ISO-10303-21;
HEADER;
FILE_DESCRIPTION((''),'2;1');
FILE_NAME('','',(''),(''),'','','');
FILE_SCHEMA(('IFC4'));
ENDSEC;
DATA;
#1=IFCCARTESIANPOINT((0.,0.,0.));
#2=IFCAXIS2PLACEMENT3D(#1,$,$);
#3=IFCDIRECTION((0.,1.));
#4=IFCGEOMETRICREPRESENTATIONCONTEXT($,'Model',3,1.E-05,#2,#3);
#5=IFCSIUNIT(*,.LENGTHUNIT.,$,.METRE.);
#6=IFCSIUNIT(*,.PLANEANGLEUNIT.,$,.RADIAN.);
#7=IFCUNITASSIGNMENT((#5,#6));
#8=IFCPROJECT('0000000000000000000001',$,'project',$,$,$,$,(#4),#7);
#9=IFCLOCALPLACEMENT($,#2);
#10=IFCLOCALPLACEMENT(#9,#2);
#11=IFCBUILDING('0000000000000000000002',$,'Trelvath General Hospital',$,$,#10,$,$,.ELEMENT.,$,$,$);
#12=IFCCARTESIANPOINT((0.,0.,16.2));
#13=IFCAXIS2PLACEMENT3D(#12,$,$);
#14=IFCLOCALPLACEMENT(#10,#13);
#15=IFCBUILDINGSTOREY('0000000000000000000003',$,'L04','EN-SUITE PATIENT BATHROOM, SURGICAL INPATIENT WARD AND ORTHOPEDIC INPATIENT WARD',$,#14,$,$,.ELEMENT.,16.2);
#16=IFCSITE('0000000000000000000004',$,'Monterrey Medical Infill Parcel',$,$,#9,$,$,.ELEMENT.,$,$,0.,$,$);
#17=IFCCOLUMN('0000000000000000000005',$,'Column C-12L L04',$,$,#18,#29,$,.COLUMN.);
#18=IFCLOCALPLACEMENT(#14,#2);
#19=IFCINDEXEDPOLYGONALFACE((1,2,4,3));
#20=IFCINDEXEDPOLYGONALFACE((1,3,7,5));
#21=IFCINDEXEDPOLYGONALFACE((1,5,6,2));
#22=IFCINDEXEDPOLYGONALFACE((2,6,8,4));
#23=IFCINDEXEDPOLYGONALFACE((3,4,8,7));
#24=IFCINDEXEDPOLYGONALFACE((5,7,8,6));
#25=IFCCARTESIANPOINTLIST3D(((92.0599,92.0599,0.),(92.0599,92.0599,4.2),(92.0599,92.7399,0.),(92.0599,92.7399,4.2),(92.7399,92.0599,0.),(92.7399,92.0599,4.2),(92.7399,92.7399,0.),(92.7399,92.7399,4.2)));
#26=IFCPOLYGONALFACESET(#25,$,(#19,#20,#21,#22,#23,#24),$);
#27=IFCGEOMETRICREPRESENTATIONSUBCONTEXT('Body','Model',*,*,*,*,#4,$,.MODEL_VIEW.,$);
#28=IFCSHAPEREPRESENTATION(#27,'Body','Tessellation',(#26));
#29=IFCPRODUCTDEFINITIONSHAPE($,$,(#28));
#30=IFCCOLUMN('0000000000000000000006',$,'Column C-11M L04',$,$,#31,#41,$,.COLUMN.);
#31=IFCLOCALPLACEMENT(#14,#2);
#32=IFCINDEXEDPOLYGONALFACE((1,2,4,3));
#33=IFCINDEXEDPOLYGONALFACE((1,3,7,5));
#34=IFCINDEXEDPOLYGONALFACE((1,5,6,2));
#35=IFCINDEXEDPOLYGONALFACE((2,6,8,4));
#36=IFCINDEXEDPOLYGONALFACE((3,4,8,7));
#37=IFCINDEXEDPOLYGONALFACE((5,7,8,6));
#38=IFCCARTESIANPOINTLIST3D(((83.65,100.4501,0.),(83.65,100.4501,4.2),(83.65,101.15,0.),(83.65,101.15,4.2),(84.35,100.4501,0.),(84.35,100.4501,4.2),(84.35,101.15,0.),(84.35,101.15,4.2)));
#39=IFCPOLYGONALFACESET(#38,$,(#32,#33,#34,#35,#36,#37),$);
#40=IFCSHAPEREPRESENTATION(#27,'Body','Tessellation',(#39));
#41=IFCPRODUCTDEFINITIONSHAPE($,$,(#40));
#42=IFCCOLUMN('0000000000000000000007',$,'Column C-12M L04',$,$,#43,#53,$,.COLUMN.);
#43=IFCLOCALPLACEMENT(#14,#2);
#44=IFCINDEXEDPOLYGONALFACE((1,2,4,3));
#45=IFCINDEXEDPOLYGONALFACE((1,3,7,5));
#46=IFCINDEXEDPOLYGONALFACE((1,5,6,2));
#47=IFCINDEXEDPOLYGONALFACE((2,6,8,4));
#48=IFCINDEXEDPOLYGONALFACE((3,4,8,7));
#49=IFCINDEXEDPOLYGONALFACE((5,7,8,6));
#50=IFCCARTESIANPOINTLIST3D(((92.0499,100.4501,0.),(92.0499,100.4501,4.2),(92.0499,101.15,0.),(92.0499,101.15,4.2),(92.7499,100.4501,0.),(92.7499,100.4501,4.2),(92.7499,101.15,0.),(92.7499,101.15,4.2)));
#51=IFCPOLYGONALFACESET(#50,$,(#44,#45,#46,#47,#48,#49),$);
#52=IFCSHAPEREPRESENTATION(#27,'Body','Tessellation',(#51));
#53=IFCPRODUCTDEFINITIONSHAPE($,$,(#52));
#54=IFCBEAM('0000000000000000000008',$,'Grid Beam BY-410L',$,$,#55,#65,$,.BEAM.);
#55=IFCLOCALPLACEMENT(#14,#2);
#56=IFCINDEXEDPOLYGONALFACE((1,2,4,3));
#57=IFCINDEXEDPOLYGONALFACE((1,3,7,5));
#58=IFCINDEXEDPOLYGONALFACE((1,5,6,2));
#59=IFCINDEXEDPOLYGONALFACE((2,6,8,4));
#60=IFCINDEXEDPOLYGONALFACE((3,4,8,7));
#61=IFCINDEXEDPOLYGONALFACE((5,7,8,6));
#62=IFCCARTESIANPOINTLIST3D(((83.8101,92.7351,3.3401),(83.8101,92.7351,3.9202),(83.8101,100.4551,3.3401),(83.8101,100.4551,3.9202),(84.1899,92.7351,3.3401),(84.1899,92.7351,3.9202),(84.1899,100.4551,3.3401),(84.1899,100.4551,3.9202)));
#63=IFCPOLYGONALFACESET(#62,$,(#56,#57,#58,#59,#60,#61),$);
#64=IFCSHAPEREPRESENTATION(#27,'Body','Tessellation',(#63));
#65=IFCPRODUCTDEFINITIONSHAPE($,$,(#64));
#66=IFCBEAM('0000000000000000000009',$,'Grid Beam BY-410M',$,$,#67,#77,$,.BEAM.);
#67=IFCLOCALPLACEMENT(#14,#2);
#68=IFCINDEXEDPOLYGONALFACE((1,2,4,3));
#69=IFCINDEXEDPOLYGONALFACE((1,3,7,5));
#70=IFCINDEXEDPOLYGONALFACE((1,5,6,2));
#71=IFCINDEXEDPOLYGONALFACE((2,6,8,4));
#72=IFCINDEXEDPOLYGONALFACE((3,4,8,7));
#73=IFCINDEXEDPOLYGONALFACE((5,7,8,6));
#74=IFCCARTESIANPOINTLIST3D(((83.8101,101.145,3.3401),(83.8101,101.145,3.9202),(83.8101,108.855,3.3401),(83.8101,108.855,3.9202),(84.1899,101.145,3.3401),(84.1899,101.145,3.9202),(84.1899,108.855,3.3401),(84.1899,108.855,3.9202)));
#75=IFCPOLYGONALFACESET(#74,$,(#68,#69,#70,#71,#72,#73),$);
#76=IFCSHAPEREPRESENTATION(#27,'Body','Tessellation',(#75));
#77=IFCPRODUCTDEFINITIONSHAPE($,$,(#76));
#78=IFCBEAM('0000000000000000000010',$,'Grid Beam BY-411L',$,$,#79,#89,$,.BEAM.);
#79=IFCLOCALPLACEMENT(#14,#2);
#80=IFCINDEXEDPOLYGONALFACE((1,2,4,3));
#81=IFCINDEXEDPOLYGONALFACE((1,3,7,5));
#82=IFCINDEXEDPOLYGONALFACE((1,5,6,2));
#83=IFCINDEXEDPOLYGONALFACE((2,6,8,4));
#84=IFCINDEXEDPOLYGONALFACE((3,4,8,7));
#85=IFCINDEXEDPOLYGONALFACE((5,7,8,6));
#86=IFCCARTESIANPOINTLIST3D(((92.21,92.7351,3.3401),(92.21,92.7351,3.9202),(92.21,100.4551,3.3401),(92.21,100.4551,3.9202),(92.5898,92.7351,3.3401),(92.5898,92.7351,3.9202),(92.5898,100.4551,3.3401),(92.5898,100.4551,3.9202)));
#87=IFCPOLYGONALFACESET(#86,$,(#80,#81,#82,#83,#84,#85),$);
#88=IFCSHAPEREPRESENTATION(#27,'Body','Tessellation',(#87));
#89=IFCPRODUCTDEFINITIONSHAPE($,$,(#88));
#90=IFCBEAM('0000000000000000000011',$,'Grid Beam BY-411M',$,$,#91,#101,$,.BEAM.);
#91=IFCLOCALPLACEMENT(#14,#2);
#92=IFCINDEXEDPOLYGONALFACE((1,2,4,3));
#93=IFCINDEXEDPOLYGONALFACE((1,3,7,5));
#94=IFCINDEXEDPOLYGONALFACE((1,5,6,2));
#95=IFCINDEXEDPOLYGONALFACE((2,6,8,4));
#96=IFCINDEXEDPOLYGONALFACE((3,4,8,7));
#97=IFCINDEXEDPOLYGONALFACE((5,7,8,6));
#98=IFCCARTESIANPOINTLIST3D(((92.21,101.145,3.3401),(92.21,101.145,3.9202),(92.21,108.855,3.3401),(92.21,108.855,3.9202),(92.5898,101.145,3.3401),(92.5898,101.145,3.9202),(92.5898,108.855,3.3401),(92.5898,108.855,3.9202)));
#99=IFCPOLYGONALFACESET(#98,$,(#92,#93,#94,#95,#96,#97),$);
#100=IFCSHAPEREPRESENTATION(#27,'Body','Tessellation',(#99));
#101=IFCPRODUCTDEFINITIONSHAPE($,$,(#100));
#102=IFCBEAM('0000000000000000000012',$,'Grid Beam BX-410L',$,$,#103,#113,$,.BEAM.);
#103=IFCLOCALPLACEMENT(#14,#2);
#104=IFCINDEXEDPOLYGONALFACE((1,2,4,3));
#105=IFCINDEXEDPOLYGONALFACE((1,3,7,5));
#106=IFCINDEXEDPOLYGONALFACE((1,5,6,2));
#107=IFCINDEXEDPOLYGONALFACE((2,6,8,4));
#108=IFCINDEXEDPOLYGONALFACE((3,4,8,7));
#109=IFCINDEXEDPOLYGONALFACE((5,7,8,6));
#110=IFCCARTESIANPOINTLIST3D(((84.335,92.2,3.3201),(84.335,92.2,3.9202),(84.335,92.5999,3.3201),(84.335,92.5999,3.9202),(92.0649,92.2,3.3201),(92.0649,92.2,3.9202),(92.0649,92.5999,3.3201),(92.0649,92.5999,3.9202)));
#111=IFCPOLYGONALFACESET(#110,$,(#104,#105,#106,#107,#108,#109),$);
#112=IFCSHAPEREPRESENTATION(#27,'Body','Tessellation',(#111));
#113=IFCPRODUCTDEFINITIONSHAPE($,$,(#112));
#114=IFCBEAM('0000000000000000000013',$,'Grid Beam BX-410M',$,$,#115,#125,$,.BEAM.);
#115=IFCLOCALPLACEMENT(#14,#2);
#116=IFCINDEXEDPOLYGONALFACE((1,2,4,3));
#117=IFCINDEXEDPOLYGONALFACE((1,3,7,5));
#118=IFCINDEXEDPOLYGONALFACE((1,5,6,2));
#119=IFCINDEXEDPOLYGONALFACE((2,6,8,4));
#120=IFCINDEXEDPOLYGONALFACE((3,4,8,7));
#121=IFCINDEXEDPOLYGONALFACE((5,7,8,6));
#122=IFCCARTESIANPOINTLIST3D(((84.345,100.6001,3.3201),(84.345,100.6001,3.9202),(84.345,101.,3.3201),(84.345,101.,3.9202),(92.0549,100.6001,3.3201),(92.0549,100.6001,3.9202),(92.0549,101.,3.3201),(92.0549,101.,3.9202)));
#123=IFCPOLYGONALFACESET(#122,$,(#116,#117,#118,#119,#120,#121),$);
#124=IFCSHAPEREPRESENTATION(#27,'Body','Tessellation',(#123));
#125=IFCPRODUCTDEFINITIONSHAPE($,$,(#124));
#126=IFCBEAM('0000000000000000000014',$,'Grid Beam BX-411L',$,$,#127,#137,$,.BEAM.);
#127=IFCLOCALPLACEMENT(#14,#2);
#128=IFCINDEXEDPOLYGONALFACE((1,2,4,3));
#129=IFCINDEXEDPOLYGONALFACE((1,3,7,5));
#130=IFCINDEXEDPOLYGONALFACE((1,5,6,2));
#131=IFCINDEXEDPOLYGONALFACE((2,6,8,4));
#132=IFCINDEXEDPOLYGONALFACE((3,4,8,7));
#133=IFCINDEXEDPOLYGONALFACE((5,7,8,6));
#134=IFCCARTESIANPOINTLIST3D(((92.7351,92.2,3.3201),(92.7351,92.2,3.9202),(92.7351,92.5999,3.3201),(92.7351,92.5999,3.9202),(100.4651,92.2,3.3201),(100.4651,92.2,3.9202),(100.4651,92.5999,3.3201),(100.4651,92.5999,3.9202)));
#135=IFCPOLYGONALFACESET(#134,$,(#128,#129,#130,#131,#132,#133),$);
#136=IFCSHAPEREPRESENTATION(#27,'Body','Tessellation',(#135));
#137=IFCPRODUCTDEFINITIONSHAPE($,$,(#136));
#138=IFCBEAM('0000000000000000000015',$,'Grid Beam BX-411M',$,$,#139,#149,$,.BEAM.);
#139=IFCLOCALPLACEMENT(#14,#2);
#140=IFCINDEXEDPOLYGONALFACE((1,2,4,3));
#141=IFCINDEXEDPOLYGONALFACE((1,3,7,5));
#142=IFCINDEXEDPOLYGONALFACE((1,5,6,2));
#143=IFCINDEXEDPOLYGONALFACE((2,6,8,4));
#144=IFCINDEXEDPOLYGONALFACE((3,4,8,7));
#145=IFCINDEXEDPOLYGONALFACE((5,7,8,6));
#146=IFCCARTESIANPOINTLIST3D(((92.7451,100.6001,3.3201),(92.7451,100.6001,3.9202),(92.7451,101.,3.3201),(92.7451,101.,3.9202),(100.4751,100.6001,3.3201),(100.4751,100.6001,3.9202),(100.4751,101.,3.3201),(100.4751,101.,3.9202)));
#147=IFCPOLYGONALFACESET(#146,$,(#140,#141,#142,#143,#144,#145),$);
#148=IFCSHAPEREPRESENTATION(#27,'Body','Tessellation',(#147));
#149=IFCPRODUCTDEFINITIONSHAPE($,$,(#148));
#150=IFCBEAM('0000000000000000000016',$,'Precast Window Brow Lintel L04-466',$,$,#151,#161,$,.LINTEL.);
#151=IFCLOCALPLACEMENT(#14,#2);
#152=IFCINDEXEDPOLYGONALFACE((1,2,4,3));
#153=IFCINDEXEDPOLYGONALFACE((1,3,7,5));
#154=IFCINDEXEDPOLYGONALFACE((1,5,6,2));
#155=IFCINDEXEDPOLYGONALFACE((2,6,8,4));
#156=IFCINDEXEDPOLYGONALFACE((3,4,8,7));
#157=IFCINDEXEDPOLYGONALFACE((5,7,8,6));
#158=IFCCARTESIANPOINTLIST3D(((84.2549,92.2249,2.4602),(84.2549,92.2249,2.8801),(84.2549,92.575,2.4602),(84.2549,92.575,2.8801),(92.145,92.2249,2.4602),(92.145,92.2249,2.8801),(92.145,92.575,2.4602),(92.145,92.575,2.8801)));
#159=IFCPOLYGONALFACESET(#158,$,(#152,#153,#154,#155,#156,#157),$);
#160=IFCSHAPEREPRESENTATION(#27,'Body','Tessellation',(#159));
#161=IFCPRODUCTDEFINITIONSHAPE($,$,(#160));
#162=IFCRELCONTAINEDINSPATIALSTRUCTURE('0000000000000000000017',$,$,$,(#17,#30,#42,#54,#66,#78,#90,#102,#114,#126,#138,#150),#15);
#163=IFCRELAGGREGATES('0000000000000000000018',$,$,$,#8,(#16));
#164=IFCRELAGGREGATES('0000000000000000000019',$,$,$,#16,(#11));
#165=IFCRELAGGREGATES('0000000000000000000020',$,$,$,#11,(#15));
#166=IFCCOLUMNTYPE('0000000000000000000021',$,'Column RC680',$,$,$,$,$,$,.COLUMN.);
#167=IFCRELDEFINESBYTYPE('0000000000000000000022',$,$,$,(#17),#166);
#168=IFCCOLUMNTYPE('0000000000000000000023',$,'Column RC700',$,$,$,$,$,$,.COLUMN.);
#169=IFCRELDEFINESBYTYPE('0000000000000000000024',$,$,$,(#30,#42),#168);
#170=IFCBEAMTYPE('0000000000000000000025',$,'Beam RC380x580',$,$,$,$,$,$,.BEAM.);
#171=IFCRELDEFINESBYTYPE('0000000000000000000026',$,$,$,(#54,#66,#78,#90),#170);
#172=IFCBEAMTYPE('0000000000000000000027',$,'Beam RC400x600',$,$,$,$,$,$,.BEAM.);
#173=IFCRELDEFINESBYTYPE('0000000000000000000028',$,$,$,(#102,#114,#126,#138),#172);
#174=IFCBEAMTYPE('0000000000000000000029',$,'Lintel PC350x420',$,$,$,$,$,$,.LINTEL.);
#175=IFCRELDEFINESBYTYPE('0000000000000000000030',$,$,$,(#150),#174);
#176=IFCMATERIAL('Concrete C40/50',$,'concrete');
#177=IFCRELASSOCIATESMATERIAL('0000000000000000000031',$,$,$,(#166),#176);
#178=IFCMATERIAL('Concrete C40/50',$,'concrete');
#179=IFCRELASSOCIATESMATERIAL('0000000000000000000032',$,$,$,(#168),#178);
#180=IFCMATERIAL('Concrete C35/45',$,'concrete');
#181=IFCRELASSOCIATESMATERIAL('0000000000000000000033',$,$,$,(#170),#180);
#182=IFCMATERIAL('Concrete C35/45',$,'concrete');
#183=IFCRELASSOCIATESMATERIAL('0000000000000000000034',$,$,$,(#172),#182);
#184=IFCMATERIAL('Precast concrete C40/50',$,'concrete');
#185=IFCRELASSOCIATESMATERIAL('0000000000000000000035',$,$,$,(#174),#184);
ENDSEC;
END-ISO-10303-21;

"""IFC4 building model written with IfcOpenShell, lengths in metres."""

from ifc_helpers import new_model, si_unit, direction, frame, origin, origin_2d, place, context, subcontext, project, spatial, rectangle, extrude, material, material_profile, profile_set, type_object, element, save


model = new_model("IFC4")

# Units and contexts
model_context = context("Model", 3, precision=1e-05, world=origin(), true_north=direction((0.0, 1.0)))
body_context = subcontext(model_context, "Body", "Model", "MODEL_VIEW")
ifc_project = project(units=[si_unit("LENGTHUNIT", "METRE"), si_unit("PLANEANGLEUNIT", "RADIAN")], contexts=[model_context])

# Site, building, storey
site_placement = place(None, origin())
site = spatial("IfcSite", under=ifc_project, at=site_placement, Name="Monterrey Medical Infill Parcel", CompositionType="ELEMENT", RefElevation=0.0)
building_placement = place(site_placement, origin())
building = spatial("IfcBuilding", under=site, at=building_placement, Name="Trelvath General Hospital", CompositionType="ELEMENT")
storey_placement = place(building_placement, frame((0.0, 0.0, 16.2)))
storey = spatial("IfcBuildingStorey", under=building, at=storey_placement, Name="L04", Description="EN-SUITE PATIENT BATHROOM, SURGICAL INPATIENT WARD AND ORTHOPEDIC INPATIENT WARD", CompositionType="ELEMENT", Elevation=16.2)

# Columns
ifc_material_1 = material(Name="Concrete C40/50", Category="concrete")
ifc_material_profile_1 = material_profile(ifc_material_1, rectangle(XDim=0.6799, YDim=0.6799, at=origin_2d()), Name="RC680x680")
ifc_profile_set_1 = profile_set([ifc_material_profile_1], Name="Concrete C40/50")
column_type_1 = type_object("IfcColumnType", Name="Column RC680", PredefinedType="COLUMN", material=ifc_profile_set_1)
column_placement = place(storey_placement, frame((92.3999, 92.3999, 0.0), z_axis=(0.0, 0.0, 1.0), x_axis=(1.0, 0.0, 0.0)))
element("IfcColumn", 1, at=column_placement, inside=storey, type_object=column_type_1, Name="Column C-12L L04", PredefinedType="COLUMN", context=body_context, shape_type="SweptSolid", body=[
    extrude(rectangle(XDim=0.6799, YDim=0.6799, at=origin_2d()), origin(), (0.0, 0.0, 1.0), 4.2),
])
ifc_material_2 = material(Name="Concrete C40/50", Category="concrete")
ifc_material_profile_2 = material_profile(ifc_material_2, rectangle(XDim=0.7, YDim=0.7, at=origin_2d()), Name="RC700x700")
ifc_profile_set_2 = profile_set([ifc_material_profile_2], Name="Concrete C40/50")
column_type_2 = type_object("IfcColumnType", Name="Column RC700", PredefinedType="COLUMN", material=ifc_profile_set_2)
for number, where, z_axis, x_axis, name in (
    (2, (84.0, 100.8, 0.0), (0.0, 0.0, 1.0), (1.0, 0.0, 0.0), "Column C-11M L04"),
    (3, (92.3999, 100.8, 0.0), (0.0, 0.0, 1.0), (1.0, 0.0, 0.0), "Column C-12M L04"),
):
    element("IfcColumn", number, at=place(storey_placement, frame(where, z_axis=z_axis, x_axis=x_axis)), inside=storey, type_object=column_type_2, Name=name, PredefinedType="COLUMN", context=body_context, shape_type="SweptSolid", body=[
        extrude(rectangle(XDim=0.7, YDim=0.7, at=origin_2d()), origin(), (0.0, 0.0, 1.0), 4.2),
    ])

# Beams
ifc_material_3 = material(Name="Concrete C35/45", Category="concrete")
ifc_material_profile_3 = material_profile(ifc_material_3, rectangle(XDim=0.3799, YDim=0.5801, at=origin_2d()), Name="RCB380x580")
ifc_profile_set_3 = profile_set([ifc_material_profile_3], Name="Concrete C35/45")
beam_type_1 = type_object("IfcBeamType", Name="Beam RC380x580", PredefinedType="BEAM", material=ifc_profile_set_3)
beam_1_placement = place(storey_placement, frame((84.0, 92.7351, 3.6301), z_axis=(0.0, 1.0, 0.0), x_axis=(-1.0, 0.0, 0.0)))
element("IfcBeam", 4, at=beam_1_placement, inside=storey, type_object=beam_type_1, Name="Grid Beam BY-410L", PredefinedType="BEAM", context=body_context, shape_type="SweptSolid", body=[
    extrude(rectangle(XDim=0.3799, YDim=0.5801, at=origin_2d()), origin(), (0.0, 0.0, 1.0), 7.72),
])
beam_2_placement = place(storey_placement, frame((84.0, 101.145, 3.6301), z_axis=(0.0, 1.0, 0.0), x_axis=(-1.0, 0.0, 0.0)))
element("IfcBeam", 5, at=beam_2_placement, inside=storey, type_object=beam_type_1, Name="Grid Beam BY-410M", PredefinedType="BEAM", context=body_context, shape_type="SweptSolid", body=[
    extrude(rectangle(XDim=0.3799, YDim=0.5801, at=origin_2d()), origin(), (0.0, 0.0, 1.0), 7.71),
])
beam_3_placement = place(storey_placement, frame((92.3999, 92.7351, 3.6301), z_axis=(0.0, 1.0, 0.0), x_axis=(-1.0, 0.0, 0.0)))
element("IfcBeam", 6, at=beam_3_placement, inside=storey, type_object=beam_type_1, Name="Grid Beam BY-411L", PredefinedType="BEAM", context=body_context, shape_type="SweptSolid", body=[
    extrude(rectangle(XDim=0.3799, YDim=0.5801, at=origin_2d()), origin(), (0.0, 0.0, 1.0), 7.72),
])
beam_4_placement = place(storey_placement, frame((92.3999, 101.145, 3.6301), z_axis=(0.0, 1.0, 0.0), x_axis=(-1.0, 0.0, 0.0)))
element("IfcBeam", 7, at=beam_4_placement, inside=storey, type_object=beam_type_1, Name="Grid Beam BY-411M", PredefinedType="BEAM", context=body_context, shape_type="SweptSolid", body=[
    extrude(rectangle(XDim=0.3799, YDim=0.5801, at=origin_2d()), origin(), (0.0, 0.0, 1.0), 7.71),
])
ifc_material_4 = material(Name="Concrete C35/45", Category="concrete")
ifc_material_profile_4 = material_profile(ifc_material_4, rectangle(XDim=0.3999, YDim=0.6001, at=origin_2d()), Name="RCB400x600")
ifc_profile_set_4 = profile_set([ifc_material_profile_4], Name="Concrete C35/45")
beam_type_2 = type_object("IfcBeamType", Name="Beam RC400x600", PredefinedType="BEAM", material=ifc_profile_set_4)
beam_5_placement = place(storey_placement, frame((84.335, 92.3999, 3.6201), z_axis=(1.0, 0.0, 0.0), x_axis=(0.0, 1.0, 0.0)))
element("IfcBeam", 8, at=beam_5_placement, inside=storey, type_object=beam_type_2, Name="Grid Beam BX-410L", PredefinedType="BEAM", context=body_context, shape_type="SweptSolid", body=[
    extrude(rectangle(XDim=0.3999, YDim=0.6001, at=origin_2d()), origin(), (0.0, 0.0, 1.0), 7.73),
])
beam_6_placement = place(storey_placement, frame((84.345, 100.8, 3.6201), z_axis=(1.0, 0.0, 0.0), x_axis=(0.0, 1.0, 0.0)))
element("IfcBeam", 9, at=beam_6_placement, inside=storey, type_object=beam_type_2, Name="Grid Beam BX-410M", PredefinedType="BEAM", context=body_context, shape_type="SweptSolid", body=[
    extrude(rectangle(XDim=0.3999, YDim=0.6001, at=origin_2d()), origin(), (0.0, 0.0, 1.0), 7.71),
])
for number, where, z_axis, x_axis, name in (
    (10, (92.7351, 92.3999, 3.6201), (1.0, 0.0, 0.0), (0.0, 1.0, 0.0), "Grid Beam BX-411L"),
    (11, (92.7451, 100.8, 3.6201), (1.0, 0.0, 0.0), (0.0, 1.0, 0.0), "Grid Beam BX-411M"),
):
    element("IfcBeam", number, at=place(storey_placement, frame(where, z_axis=z_axis, x_axis=x_axis)), inside=storey, type_object=beam_type_2, Name=name, PredefinedType="BEAM", context=body_context, shape_type="SweptSolid", body=[
        extrude(rectangle(XDim=0.3999, YDim=0.6001, at=origin_2d()), origin(), (0.0, 0.0, 1.0), 7.73),
    ])
ifc_material_5 = material(Name="Precast concrete C40/50", Category="concrete")
ifc_material_profile_5 = material_profile(ifc_material_5, rectangle(XDim=0.3501, YDim=0.4199, at=origin_2d()), Name="PCL350x420")
ifc_profile_set_5 = profile_set([ifc_material_profile_5], Name="Precast concrete C40/50")
beam_type_3 = type_object("IfcBeamType", Name="Lintel PC350x420", PredefinedType="LINTEL", material=ifc_profile_set_5)
beam_7_placement = place(storey_placement, frame((92.145, 92.3999, 2.6702), z_axis=(-1.0, 0.0, 0.0), x_axis=(0.0, -1.0, 0.0)))
element("IfcBeam", 12, at=beam_7_placement, inside=storey, type_object=beam_type_3, Name="Precast Window Brow Lintel L04-466", PredefinedType="LINTEL", context=body_context, shape_type="SweptSolid", body=[
    extrude(rectangle(XDim=0.3501, YDim=0.4199, at=origin_2d()), origin(), (0.0, 0.0, 1.0), 7.8901),
])

save(model, "model.ifc")
